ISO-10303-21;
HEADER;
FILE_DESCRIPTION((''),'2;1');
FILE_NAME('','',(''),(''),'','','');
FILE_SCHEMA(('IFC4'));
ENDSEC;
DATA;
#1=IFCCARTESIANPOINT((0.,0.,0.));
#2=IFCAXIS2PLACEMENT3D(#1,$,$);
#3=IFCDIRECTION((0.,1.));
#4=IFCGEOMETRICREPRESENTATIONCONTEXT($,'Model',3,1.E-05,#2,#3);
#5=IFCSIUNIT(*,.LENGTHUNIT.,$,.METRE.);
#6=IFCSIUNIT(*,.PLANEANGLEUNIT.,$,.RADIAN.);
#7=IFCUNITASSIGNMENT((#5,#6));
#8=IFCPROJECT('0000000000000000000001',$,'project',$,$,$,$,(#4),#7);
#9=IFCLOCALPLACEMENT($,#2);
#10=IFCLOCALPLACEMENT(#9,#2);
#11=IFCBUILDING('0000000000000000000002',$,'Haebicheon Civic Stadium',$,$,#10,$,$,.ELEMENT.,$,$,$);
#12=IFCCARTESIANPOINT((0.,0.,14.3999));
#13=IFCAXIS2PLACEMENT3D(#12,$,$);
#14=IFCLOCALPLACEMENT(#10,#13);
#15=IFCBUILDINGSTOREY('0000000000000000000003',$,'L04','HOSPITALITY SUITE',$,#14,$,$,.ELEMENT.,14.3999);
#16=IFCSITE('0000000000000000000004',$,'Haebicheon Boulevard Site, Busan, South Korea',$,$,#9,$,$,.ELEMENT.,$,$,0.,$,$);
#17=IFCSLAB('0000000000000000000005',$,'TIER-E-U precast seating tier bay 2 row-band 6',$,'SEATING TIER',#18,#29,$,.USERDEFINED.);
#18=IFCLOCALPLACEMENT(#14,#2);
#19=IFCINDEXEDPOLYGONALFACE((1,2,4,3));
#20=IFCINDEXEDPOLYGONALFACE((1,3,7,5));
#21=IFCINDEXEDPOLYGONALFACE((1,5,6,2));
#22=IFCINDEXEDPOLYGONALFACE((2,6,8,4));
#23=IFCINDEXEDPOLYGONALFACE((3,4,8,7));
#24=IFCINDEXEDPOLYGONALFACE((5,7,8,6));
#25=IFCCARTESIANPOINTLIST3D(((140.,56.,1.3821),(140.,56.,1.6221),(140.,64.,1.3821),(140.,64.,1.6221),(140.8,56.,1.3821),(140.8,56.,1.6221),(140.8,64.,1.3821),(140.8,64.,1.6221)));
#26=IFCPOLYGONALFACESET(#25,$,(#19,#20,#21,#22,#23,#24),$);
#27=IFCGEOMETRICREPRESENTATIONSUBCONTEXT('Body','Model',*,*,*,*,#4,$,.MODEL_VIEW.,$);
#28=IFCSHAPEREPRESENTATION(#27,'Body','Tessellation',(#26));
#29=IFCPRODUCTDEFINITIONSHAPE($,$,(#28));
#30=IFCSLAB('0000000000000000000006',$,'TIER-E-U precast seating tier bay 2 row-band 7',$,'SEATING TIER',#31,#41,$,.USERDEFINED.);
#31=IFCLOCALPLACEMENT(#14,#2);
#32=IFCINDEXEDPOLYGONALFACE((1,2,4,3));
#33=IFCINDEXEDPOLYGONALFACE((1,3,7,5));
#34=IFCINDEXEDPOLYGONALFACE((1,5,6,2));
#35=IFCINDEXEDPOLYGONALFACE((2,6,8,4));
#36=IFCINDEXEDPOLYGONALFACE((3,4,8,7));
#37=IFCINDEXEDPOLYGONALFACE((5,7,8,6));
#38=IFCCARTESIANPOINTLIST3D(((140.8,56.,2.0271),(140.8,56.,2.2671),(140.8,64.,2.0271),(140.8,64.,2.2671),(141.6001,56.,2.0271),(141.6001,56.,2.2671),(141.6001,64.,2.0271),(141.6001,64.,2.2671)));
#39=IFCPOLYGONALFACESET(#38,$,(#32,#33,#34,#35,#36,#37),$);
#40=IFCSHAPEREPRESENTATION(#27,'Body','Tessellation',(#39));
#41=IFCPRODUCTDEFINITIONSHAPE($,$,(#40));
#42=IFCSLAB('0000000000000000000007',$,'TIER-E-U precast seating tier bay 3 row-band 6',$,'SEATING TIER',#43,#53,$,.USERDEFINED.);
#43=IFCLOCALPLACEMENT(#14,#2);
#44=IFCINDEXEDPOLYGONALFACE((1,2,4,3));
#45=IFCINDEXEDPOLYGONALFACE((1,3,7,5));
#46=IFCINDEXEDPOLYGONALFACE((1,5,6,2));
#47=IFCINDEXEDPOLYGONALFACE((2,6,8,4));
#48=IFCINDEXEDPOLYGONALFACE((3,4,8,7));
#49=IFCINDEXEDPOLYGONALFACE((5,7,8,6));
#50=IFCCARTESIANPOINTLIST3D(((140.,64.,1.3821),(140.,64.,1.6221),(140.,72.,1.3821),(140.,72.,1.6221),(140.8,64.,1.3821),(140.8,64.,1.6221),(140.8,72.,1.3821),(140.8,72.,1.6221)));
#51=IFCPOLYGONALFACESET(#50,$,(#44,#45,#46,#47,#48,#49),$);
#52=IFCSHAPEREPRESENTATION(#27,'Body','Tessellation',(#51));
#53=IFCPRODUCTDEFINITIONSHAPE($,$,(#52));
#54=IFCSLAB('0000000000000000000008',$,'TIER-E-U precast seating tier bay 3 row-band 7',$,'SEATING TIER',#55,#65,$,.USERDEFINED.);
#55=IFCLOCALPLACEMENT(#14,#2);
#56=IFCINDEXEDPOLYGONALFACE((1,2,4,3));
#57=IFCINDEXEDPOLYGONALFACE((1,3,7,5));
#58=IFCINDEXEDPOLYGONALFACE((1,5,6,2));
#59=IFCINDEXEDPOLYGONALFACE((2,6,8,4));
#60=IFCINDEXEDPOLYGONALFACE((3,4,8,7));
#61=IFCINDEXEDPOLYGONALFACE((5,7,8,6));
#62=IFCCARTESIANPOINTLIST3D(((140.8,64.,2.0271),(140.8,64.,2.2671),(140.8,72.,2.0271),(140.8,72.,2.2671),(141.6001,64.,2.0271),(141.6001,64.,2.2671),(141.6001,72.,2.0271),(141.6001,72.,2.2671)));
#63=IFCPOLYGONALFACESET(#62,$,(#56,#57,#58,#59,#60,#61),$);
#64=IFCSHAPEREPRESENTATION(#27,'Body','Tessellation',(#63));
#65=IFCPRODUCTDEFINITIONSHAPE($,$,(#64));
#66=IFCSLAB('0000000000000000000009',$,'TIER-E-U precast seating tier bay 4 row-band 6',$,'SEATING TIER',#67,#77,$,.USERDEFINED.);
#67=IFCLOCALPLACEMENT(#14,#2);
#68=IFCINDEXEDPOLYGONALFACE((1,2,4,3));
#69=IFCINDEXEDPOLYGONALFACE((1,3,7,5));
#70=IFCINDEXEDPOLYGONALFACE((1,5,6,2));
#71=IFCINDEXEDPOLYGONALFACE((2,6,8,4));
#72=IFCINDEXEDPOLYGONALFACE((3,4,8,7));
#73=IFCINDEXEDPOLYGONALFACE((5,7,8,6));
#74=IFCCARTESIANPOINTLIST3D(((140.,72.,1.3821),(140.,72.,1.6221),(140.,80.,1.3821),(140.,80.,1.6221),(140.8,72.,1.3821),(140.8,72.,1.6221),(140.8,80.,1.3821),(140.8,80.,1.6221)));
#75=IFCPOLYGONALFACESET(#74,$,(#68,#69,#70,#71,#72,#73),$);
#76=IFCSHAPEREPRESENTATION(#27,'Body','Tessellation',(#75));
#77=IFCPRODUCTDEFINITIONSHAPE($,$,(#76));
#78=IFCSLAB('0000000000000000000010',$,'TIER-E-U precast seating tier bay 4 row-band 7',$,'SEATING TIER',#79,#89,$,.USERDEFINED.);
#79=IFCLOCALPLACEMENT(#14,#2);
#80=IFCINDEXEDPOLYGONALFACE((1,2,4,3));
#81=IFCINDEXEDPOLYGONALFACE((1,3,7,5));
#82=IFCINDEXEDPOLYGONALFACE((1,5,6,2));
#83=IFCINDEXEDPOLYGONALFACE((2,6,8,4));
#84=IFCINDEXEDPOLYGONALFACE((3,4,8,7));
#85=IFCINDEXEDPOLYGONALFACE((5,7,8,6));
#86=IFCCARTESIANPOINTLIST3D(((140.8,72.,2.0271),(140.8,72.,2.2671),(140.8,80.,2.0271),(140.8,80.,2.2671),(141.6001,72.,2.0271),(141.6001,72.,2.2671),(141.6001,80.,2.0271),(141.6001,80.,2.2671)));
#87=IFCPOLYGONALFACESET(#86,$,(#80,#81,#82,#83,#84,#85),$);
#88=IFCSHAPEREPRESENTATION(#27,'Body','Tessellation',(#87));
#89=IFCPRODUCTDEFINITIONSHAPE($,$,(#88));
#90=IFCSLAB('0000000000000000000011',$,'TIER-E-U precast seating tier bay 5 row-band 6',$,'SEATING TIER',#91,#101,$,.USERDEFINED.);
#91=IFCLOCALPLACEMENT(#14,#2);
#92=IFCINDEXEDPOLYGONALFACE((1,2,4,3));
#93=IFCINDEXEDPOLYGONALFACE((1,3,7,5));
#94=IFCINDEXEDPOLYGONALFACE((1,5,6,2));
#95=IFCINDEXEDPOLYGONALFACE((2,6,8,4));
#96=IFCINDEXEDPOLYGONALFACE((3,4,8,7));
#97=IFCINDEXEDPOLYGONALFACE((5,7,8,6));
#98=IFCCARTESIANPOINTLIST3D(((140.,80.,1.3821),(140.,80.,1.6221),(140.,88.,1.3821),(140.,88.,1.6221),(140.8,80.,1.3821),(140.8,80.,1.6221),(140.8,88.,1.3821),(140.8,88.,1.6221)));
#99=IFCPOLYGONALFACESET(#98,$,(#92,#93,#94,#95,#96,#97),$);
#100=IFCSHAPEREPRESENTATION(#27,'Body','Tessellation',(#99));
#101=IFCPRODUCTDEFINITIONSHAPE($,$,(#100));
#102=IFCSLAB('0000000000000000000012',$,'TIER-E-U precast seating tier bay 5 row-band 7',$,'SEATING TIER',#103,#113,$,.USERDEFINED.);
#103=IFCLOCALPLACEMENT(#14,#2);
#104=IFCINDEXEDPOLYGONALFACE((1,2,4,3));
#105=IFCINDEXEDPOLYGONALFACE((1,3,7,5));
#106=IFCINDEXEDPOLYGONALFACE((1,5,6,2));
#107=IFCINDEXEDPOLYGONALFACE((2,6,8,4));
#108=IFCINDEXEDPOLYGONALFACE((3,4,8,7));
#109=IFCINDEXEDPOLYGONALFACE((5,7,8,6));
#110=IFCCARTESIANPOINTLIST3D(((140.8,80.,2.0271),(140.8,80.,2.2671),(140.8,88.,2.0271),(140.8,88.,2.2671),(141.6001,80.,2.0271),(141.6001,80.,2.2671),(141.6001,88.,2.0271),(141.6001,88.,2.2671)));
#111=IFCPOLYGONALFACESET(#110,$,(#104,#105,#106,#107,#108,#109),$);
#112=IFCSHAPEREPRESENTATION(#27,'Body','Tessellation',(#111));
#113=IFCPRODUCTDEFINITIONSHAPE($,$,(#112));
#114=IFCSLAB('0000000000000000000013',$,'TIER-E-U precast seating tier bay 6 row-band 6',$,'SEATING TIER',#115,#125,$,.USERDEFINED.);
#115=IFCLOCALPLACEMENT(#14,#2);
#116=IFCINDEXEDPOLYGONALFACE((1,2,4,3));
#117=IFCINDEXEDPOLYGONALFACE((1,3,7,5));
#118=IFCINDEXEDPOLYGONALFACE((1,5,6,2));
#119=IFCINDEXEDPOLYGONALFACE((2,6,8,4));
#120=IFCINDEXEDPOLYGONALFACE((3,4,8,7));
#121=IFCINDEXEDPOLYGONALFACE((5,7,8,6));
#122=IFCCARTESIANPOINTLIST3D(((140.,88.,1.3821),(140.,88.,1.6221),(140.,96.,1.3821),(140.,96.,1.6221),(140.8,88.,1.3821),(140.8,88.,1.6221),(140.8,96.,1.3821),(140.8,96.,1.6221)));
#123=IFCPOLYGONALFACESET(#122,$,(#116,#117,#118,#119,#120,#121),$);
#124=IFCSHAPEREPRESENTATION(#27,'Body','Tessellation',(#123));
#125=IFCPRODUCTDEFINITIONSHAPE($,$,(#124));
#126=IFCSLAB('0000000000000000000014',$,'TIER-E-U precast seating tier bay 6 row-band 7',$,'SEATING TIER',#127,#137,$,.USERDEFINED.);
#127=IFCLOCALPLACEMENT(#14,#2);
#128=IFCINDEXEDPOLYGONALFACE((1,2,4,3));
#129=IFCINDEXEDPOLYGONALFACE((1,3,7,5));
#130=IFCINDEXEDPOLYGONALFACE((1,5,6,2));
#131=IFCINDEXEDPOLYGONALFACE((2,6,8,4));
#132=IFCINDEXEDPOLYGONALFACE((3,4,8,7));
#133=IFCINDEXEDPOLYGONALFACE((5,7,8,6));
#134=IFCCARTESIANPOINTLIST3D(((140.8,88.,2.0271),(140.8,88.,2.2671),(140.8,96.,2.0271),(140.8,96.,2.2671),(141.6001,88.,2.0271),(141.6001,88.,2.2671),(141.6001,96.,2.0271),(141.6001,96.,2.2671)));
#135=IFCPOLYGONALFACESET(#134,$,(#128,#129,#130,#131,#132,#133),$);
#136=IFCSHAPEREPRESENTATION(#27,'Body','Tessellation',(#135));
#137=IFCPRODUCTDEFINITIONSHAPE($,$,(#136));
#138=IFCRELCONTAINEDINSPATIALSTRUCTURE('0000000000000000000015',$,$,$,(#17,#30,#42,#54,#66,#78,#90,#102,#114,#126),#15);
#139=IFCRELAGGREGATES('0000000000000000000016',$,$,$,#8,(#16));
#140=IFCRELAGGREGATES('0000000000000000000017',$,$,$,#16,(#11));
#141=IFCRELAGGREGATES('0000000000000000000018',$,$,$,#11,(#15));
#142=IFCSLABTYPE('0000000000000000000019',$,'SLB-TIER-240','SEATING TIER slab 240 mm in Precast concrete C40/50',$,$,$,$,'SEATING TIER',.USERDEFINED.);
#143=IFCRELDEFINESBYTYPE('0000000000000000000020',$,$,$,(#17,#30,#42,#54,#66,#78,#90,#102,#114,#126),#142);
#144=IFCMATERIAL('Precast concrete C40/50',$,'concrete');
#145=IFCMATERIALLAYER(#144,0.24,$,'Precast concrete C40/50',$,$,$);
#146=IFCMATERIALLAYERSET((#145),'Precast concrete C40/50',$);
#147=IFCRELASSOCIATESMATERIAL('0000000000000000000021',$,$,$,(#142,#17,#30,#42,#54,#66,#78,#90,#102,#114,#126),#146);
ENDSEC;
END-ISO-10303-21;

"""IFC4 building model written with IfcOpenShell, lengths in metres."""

from ifc_helpers import new_model, si_unit, direction, frame, origin, place, context, subcontext, project, spatial, polyline, outline, extrude, material, layer, layer_set, type_object, element, save


model = new_model("IFC4")

# Units and contexts
model_context = context("Model", 3, precision=1e-05, world=origin(), true_north=direction((0.0, 1.0)))
body_context = subcontext(model_context, "Body", "Model", "MODEL_VIEW")
ifc_project = project(units=[si_unit("LENGTHUNIT", "METRE"), si_unit("PLANEANGLEUNIT", "RADIAN")], contexts=[model_context])

# Site, building, storey
site_placement = place(None, origin())
site = spatial("IfcSite", under=ifc_project, at=site_placement, Name="Haebicheon Boulevard Site, Busan, South Korea", CompositionType="ELEMENT", RefElevation=0.0)
building_placement = place(site_placement, origin())
building = spatial("IfcBuilding", under=site, at=building_placement, Name="Haebicheon Civic Stadium", CompositionType="ELEMENT")
storey_placement = place(building_placement, frame((0.0, 0.0, 14.3999)))
storey = spatial("IfcBuildingStorey", under=building, at=storey_placement, Name="L04", Description="HOSPITALITY SUITE", CompositionType="ELEMENT", Elevation=14.3999)

# Slabs
ifc_material = material(Name="Precast concrete C40/50", Category="concrete")
ifc_layer = layer(ifc_material, 0.24, Name="Precast concrete C40/50")
ifc_layer_set = layer_set([ifc_layer], Name="Precast concrete C40/50")
slab_type = type_object("IfcSlabType", Name="SLB-TIER-240", Description="SEATING TIER slab 240 mm in Precast concrete C40/50", ElementType="SEATING TIER", PredefinedType="USERDEFINED", material=ifc_layer_set)
slab_1_placement = place(storey_placement, frame((0.0, 0.0, 1.3821)))
element("IfcSlab", 1, at=slab_1_placement, inside=storey, type_object=slab_type, material=ifc_layer_set, Name="TIER-E-U precast seating tier bay 2 row-band 6", ObjectType="SEATING TIER", PredefinedType="USERDEFINED", context=body_context, shape_type="SweptSolid", body=[
    extrude(outline(polyline([(140.0, 56.0), (140.8, 56.0), (140.8, 64.0), (140.0, 64.0), (140.0, 56.0)])), origin(), (0.0, 0.0, 1.0), 0.24),
])
slab_2_placement = place(storey_placement, frame((0.0, 0.0, 2.0271)))
element("IfcSlab", 2, at=slab_2_placement, inside=storey, type_object=slab_type, material=ifc_layer_set, Name="TIER-E-U precast seating tier bay 2 row-band 7", ObjectType="SEATING TIER", PredefinedType="USERDEFINED", context=body_context, shape_type="SweptSolid", body=[
    extrude(outline(polyline([(140.8, 56.0), (141.6001, 56.0), (141.6001, 64.0), (140.8, 64.0), (140.8, 56.0)])), origin(), (0.0, 0.0, 1.0), 0.24),
])
slab_3_placement = place(storey_placement, frame((0.0, 0.0, 1.3821)))
element("IfcSlab", 3, at=slab_3_placement, inside=storey, type_object=slab_type, material=ifc_layer_set, Name="TIER-E-U precast seating tier bay 3 row-band 6", ObjectType="SEATING TIER", PredefinedType="USERDEFINED", context=body_context, shape_type="SweptSolid", body=[
    extrude(outline(polyline([(140.0, 64.0), (140.8, 64.0), (140.8, 72.0), (140.0, 72.0), (140.0, 64.0)])), origin(), (0.0, 0.0, 1.0), 0.24),
])
slab_4_placement = place(storey_placement, frame((0.0, 0.0, 2.0271)))
element("IfcSlab", 4, at=slab_4_placement, inside=storey, type_object=slab_type, material=ifc_layer_set, Name="TIER-E-U precast seating tier bay 3 row-band 7", ObjectType="SEATING TIER", PredefinedType="USERDEFINED", context=body_context, shape_type="SweptSolid", body=[
    extrude(outline(polyline([(140.8, 64.0), (141.6001, 64.0), (141.6001, 72.0), (140.8, 72.0), (140.8, 64.0)])), origin(), (0.0, 0.0, 1.0), 0.24),
])
slab_5_placement = place(storey_placement, frame((0.0, 0.0, 1.3821)))
element("IfcSlab", 5, at=slab_5_placement, inside=storey, type_object=slab_type, material=ifc_layer_set, Name="TIER-E-U precast seating tier bay 4 row-band 6", ObjectType="SEATING TIER", PredefinedType="USERDEFINED", context=body_context, shape_type="SweptSolid", body=[
    extrude(outline(polyline([(140.0, 72.0), (140.8, 72.0), (140.8, 80.0), (140.0, 80.0), (140.0, 72.0)])), origin(), (0.0, 0.0, 1.0), 0.24),
])
slab_6_placement = place(storey_placement, frame((0.0, 0.0, 2.0271)))
element("IfcSlab", 6, at=slab_6_placement, inside=storey, type_object=slab_type, material=ifc_layer_set, Name="TIER-E-U precast seating tier bay 4 row-band 7", ObjectType="SEATING TIER", PredefinedType="USERDEFINED", context=body_context, shape_type="SweptSolid", body=[
    extrude(outline(polyline([(140.8, 72.0), (141.6001, 72.0), (141.6001, 80.0), (140.8, 80.0), (140.8, 72.0)])), origin(), (0.0, 0.0, 1.0), 0.24),
])
slab_7_placement = place(storey_placement, frame((0.0, 0.0, 1.3821)))
element("IfcSlab", 7, at=slab_7_placement, inside=storey, type_object=slab_type, material=ifc_layer_set, Name="TIER-E-U precast seating tier bay 5 row-band 6", ObjectType="SEATING TIER", PredefinedType="USERDEFINED", context=body_context, shape_type="SweptSolid", body=[
    extrude(outline(polyline([(140.0, 80.0), (140.8, 80.0), (140.8, 88.0), (140.0, 88.0), (140.0, 80.0)])), origin(), (0.0, 0.0, 1.0), 0.24),
])
slab_8_placement = place(storey_placement, frame((0.0, 0.0, 2.0271)))
element("IfcSlab", 8, at=slab_8_placement, inside=storey, type_object=slab_type, material=ifc_layer_set, Name="TIER-E-U precast seating tier bay 5 row-band 7", ObjectType="SEATING TIER", PredefinedType="USERDEFINED", context=body_context, shape_type="SweptSolid", body=[
    extrude(outline(polyline([(140.8, 80.0), (141.6001, 80.0), (141.6001, 88.0), (140.8, 88.0), (140.8, 80.0)])), origin(), (0.0, 0.0, 1.0), 0.24),
])
slab_9_placement = place(storey_placement, frame((0.0, 0.0, 1.3821)))
element("IfcSlab", 9, at=slab_9_placement, inside=storey, type_object=slab_type, material=ifc_layer_set, Name="TIER-E-U precast seating tier bay 6 row-band 6", ObjectType="SEATING TIER", PredefinedType="USERDEFINED", context=body_context, shape_type="SweptSolid", body=[
    extrude(outline(polyline([(140.0, 88.0), (140.8, 88.0), (140.8, 96.0), (140.0, 96.0), (140.0, 88.0)])), origin(), (0.0, 0.0, 1.0), 0.24),
])
slab_10_placement = place(storey_placement, frame((0.0, 0.0, 2.0271)))
element("IfcSlab", 10, at=slab_10_placement, inside=storey, type_object=slab_type, material=ifc_layer_set, Name="TIER-E-U precast seating tier bay 6 row-band 7", ObjectType="SEATING TIER", PredefinedType="USERDEFINED", context=body_context, shape_type="SweptSolid", body=[
    extrude(outline(polyline([(140.8, 88.0), (141.6001, 88.0), (141.6001, 96.0), (140.8, 96.0), (140.8, 88.0)])), origin(), (0.0, 0.0, 1.0), 0.24),
])

save(model, "model.ifc")
